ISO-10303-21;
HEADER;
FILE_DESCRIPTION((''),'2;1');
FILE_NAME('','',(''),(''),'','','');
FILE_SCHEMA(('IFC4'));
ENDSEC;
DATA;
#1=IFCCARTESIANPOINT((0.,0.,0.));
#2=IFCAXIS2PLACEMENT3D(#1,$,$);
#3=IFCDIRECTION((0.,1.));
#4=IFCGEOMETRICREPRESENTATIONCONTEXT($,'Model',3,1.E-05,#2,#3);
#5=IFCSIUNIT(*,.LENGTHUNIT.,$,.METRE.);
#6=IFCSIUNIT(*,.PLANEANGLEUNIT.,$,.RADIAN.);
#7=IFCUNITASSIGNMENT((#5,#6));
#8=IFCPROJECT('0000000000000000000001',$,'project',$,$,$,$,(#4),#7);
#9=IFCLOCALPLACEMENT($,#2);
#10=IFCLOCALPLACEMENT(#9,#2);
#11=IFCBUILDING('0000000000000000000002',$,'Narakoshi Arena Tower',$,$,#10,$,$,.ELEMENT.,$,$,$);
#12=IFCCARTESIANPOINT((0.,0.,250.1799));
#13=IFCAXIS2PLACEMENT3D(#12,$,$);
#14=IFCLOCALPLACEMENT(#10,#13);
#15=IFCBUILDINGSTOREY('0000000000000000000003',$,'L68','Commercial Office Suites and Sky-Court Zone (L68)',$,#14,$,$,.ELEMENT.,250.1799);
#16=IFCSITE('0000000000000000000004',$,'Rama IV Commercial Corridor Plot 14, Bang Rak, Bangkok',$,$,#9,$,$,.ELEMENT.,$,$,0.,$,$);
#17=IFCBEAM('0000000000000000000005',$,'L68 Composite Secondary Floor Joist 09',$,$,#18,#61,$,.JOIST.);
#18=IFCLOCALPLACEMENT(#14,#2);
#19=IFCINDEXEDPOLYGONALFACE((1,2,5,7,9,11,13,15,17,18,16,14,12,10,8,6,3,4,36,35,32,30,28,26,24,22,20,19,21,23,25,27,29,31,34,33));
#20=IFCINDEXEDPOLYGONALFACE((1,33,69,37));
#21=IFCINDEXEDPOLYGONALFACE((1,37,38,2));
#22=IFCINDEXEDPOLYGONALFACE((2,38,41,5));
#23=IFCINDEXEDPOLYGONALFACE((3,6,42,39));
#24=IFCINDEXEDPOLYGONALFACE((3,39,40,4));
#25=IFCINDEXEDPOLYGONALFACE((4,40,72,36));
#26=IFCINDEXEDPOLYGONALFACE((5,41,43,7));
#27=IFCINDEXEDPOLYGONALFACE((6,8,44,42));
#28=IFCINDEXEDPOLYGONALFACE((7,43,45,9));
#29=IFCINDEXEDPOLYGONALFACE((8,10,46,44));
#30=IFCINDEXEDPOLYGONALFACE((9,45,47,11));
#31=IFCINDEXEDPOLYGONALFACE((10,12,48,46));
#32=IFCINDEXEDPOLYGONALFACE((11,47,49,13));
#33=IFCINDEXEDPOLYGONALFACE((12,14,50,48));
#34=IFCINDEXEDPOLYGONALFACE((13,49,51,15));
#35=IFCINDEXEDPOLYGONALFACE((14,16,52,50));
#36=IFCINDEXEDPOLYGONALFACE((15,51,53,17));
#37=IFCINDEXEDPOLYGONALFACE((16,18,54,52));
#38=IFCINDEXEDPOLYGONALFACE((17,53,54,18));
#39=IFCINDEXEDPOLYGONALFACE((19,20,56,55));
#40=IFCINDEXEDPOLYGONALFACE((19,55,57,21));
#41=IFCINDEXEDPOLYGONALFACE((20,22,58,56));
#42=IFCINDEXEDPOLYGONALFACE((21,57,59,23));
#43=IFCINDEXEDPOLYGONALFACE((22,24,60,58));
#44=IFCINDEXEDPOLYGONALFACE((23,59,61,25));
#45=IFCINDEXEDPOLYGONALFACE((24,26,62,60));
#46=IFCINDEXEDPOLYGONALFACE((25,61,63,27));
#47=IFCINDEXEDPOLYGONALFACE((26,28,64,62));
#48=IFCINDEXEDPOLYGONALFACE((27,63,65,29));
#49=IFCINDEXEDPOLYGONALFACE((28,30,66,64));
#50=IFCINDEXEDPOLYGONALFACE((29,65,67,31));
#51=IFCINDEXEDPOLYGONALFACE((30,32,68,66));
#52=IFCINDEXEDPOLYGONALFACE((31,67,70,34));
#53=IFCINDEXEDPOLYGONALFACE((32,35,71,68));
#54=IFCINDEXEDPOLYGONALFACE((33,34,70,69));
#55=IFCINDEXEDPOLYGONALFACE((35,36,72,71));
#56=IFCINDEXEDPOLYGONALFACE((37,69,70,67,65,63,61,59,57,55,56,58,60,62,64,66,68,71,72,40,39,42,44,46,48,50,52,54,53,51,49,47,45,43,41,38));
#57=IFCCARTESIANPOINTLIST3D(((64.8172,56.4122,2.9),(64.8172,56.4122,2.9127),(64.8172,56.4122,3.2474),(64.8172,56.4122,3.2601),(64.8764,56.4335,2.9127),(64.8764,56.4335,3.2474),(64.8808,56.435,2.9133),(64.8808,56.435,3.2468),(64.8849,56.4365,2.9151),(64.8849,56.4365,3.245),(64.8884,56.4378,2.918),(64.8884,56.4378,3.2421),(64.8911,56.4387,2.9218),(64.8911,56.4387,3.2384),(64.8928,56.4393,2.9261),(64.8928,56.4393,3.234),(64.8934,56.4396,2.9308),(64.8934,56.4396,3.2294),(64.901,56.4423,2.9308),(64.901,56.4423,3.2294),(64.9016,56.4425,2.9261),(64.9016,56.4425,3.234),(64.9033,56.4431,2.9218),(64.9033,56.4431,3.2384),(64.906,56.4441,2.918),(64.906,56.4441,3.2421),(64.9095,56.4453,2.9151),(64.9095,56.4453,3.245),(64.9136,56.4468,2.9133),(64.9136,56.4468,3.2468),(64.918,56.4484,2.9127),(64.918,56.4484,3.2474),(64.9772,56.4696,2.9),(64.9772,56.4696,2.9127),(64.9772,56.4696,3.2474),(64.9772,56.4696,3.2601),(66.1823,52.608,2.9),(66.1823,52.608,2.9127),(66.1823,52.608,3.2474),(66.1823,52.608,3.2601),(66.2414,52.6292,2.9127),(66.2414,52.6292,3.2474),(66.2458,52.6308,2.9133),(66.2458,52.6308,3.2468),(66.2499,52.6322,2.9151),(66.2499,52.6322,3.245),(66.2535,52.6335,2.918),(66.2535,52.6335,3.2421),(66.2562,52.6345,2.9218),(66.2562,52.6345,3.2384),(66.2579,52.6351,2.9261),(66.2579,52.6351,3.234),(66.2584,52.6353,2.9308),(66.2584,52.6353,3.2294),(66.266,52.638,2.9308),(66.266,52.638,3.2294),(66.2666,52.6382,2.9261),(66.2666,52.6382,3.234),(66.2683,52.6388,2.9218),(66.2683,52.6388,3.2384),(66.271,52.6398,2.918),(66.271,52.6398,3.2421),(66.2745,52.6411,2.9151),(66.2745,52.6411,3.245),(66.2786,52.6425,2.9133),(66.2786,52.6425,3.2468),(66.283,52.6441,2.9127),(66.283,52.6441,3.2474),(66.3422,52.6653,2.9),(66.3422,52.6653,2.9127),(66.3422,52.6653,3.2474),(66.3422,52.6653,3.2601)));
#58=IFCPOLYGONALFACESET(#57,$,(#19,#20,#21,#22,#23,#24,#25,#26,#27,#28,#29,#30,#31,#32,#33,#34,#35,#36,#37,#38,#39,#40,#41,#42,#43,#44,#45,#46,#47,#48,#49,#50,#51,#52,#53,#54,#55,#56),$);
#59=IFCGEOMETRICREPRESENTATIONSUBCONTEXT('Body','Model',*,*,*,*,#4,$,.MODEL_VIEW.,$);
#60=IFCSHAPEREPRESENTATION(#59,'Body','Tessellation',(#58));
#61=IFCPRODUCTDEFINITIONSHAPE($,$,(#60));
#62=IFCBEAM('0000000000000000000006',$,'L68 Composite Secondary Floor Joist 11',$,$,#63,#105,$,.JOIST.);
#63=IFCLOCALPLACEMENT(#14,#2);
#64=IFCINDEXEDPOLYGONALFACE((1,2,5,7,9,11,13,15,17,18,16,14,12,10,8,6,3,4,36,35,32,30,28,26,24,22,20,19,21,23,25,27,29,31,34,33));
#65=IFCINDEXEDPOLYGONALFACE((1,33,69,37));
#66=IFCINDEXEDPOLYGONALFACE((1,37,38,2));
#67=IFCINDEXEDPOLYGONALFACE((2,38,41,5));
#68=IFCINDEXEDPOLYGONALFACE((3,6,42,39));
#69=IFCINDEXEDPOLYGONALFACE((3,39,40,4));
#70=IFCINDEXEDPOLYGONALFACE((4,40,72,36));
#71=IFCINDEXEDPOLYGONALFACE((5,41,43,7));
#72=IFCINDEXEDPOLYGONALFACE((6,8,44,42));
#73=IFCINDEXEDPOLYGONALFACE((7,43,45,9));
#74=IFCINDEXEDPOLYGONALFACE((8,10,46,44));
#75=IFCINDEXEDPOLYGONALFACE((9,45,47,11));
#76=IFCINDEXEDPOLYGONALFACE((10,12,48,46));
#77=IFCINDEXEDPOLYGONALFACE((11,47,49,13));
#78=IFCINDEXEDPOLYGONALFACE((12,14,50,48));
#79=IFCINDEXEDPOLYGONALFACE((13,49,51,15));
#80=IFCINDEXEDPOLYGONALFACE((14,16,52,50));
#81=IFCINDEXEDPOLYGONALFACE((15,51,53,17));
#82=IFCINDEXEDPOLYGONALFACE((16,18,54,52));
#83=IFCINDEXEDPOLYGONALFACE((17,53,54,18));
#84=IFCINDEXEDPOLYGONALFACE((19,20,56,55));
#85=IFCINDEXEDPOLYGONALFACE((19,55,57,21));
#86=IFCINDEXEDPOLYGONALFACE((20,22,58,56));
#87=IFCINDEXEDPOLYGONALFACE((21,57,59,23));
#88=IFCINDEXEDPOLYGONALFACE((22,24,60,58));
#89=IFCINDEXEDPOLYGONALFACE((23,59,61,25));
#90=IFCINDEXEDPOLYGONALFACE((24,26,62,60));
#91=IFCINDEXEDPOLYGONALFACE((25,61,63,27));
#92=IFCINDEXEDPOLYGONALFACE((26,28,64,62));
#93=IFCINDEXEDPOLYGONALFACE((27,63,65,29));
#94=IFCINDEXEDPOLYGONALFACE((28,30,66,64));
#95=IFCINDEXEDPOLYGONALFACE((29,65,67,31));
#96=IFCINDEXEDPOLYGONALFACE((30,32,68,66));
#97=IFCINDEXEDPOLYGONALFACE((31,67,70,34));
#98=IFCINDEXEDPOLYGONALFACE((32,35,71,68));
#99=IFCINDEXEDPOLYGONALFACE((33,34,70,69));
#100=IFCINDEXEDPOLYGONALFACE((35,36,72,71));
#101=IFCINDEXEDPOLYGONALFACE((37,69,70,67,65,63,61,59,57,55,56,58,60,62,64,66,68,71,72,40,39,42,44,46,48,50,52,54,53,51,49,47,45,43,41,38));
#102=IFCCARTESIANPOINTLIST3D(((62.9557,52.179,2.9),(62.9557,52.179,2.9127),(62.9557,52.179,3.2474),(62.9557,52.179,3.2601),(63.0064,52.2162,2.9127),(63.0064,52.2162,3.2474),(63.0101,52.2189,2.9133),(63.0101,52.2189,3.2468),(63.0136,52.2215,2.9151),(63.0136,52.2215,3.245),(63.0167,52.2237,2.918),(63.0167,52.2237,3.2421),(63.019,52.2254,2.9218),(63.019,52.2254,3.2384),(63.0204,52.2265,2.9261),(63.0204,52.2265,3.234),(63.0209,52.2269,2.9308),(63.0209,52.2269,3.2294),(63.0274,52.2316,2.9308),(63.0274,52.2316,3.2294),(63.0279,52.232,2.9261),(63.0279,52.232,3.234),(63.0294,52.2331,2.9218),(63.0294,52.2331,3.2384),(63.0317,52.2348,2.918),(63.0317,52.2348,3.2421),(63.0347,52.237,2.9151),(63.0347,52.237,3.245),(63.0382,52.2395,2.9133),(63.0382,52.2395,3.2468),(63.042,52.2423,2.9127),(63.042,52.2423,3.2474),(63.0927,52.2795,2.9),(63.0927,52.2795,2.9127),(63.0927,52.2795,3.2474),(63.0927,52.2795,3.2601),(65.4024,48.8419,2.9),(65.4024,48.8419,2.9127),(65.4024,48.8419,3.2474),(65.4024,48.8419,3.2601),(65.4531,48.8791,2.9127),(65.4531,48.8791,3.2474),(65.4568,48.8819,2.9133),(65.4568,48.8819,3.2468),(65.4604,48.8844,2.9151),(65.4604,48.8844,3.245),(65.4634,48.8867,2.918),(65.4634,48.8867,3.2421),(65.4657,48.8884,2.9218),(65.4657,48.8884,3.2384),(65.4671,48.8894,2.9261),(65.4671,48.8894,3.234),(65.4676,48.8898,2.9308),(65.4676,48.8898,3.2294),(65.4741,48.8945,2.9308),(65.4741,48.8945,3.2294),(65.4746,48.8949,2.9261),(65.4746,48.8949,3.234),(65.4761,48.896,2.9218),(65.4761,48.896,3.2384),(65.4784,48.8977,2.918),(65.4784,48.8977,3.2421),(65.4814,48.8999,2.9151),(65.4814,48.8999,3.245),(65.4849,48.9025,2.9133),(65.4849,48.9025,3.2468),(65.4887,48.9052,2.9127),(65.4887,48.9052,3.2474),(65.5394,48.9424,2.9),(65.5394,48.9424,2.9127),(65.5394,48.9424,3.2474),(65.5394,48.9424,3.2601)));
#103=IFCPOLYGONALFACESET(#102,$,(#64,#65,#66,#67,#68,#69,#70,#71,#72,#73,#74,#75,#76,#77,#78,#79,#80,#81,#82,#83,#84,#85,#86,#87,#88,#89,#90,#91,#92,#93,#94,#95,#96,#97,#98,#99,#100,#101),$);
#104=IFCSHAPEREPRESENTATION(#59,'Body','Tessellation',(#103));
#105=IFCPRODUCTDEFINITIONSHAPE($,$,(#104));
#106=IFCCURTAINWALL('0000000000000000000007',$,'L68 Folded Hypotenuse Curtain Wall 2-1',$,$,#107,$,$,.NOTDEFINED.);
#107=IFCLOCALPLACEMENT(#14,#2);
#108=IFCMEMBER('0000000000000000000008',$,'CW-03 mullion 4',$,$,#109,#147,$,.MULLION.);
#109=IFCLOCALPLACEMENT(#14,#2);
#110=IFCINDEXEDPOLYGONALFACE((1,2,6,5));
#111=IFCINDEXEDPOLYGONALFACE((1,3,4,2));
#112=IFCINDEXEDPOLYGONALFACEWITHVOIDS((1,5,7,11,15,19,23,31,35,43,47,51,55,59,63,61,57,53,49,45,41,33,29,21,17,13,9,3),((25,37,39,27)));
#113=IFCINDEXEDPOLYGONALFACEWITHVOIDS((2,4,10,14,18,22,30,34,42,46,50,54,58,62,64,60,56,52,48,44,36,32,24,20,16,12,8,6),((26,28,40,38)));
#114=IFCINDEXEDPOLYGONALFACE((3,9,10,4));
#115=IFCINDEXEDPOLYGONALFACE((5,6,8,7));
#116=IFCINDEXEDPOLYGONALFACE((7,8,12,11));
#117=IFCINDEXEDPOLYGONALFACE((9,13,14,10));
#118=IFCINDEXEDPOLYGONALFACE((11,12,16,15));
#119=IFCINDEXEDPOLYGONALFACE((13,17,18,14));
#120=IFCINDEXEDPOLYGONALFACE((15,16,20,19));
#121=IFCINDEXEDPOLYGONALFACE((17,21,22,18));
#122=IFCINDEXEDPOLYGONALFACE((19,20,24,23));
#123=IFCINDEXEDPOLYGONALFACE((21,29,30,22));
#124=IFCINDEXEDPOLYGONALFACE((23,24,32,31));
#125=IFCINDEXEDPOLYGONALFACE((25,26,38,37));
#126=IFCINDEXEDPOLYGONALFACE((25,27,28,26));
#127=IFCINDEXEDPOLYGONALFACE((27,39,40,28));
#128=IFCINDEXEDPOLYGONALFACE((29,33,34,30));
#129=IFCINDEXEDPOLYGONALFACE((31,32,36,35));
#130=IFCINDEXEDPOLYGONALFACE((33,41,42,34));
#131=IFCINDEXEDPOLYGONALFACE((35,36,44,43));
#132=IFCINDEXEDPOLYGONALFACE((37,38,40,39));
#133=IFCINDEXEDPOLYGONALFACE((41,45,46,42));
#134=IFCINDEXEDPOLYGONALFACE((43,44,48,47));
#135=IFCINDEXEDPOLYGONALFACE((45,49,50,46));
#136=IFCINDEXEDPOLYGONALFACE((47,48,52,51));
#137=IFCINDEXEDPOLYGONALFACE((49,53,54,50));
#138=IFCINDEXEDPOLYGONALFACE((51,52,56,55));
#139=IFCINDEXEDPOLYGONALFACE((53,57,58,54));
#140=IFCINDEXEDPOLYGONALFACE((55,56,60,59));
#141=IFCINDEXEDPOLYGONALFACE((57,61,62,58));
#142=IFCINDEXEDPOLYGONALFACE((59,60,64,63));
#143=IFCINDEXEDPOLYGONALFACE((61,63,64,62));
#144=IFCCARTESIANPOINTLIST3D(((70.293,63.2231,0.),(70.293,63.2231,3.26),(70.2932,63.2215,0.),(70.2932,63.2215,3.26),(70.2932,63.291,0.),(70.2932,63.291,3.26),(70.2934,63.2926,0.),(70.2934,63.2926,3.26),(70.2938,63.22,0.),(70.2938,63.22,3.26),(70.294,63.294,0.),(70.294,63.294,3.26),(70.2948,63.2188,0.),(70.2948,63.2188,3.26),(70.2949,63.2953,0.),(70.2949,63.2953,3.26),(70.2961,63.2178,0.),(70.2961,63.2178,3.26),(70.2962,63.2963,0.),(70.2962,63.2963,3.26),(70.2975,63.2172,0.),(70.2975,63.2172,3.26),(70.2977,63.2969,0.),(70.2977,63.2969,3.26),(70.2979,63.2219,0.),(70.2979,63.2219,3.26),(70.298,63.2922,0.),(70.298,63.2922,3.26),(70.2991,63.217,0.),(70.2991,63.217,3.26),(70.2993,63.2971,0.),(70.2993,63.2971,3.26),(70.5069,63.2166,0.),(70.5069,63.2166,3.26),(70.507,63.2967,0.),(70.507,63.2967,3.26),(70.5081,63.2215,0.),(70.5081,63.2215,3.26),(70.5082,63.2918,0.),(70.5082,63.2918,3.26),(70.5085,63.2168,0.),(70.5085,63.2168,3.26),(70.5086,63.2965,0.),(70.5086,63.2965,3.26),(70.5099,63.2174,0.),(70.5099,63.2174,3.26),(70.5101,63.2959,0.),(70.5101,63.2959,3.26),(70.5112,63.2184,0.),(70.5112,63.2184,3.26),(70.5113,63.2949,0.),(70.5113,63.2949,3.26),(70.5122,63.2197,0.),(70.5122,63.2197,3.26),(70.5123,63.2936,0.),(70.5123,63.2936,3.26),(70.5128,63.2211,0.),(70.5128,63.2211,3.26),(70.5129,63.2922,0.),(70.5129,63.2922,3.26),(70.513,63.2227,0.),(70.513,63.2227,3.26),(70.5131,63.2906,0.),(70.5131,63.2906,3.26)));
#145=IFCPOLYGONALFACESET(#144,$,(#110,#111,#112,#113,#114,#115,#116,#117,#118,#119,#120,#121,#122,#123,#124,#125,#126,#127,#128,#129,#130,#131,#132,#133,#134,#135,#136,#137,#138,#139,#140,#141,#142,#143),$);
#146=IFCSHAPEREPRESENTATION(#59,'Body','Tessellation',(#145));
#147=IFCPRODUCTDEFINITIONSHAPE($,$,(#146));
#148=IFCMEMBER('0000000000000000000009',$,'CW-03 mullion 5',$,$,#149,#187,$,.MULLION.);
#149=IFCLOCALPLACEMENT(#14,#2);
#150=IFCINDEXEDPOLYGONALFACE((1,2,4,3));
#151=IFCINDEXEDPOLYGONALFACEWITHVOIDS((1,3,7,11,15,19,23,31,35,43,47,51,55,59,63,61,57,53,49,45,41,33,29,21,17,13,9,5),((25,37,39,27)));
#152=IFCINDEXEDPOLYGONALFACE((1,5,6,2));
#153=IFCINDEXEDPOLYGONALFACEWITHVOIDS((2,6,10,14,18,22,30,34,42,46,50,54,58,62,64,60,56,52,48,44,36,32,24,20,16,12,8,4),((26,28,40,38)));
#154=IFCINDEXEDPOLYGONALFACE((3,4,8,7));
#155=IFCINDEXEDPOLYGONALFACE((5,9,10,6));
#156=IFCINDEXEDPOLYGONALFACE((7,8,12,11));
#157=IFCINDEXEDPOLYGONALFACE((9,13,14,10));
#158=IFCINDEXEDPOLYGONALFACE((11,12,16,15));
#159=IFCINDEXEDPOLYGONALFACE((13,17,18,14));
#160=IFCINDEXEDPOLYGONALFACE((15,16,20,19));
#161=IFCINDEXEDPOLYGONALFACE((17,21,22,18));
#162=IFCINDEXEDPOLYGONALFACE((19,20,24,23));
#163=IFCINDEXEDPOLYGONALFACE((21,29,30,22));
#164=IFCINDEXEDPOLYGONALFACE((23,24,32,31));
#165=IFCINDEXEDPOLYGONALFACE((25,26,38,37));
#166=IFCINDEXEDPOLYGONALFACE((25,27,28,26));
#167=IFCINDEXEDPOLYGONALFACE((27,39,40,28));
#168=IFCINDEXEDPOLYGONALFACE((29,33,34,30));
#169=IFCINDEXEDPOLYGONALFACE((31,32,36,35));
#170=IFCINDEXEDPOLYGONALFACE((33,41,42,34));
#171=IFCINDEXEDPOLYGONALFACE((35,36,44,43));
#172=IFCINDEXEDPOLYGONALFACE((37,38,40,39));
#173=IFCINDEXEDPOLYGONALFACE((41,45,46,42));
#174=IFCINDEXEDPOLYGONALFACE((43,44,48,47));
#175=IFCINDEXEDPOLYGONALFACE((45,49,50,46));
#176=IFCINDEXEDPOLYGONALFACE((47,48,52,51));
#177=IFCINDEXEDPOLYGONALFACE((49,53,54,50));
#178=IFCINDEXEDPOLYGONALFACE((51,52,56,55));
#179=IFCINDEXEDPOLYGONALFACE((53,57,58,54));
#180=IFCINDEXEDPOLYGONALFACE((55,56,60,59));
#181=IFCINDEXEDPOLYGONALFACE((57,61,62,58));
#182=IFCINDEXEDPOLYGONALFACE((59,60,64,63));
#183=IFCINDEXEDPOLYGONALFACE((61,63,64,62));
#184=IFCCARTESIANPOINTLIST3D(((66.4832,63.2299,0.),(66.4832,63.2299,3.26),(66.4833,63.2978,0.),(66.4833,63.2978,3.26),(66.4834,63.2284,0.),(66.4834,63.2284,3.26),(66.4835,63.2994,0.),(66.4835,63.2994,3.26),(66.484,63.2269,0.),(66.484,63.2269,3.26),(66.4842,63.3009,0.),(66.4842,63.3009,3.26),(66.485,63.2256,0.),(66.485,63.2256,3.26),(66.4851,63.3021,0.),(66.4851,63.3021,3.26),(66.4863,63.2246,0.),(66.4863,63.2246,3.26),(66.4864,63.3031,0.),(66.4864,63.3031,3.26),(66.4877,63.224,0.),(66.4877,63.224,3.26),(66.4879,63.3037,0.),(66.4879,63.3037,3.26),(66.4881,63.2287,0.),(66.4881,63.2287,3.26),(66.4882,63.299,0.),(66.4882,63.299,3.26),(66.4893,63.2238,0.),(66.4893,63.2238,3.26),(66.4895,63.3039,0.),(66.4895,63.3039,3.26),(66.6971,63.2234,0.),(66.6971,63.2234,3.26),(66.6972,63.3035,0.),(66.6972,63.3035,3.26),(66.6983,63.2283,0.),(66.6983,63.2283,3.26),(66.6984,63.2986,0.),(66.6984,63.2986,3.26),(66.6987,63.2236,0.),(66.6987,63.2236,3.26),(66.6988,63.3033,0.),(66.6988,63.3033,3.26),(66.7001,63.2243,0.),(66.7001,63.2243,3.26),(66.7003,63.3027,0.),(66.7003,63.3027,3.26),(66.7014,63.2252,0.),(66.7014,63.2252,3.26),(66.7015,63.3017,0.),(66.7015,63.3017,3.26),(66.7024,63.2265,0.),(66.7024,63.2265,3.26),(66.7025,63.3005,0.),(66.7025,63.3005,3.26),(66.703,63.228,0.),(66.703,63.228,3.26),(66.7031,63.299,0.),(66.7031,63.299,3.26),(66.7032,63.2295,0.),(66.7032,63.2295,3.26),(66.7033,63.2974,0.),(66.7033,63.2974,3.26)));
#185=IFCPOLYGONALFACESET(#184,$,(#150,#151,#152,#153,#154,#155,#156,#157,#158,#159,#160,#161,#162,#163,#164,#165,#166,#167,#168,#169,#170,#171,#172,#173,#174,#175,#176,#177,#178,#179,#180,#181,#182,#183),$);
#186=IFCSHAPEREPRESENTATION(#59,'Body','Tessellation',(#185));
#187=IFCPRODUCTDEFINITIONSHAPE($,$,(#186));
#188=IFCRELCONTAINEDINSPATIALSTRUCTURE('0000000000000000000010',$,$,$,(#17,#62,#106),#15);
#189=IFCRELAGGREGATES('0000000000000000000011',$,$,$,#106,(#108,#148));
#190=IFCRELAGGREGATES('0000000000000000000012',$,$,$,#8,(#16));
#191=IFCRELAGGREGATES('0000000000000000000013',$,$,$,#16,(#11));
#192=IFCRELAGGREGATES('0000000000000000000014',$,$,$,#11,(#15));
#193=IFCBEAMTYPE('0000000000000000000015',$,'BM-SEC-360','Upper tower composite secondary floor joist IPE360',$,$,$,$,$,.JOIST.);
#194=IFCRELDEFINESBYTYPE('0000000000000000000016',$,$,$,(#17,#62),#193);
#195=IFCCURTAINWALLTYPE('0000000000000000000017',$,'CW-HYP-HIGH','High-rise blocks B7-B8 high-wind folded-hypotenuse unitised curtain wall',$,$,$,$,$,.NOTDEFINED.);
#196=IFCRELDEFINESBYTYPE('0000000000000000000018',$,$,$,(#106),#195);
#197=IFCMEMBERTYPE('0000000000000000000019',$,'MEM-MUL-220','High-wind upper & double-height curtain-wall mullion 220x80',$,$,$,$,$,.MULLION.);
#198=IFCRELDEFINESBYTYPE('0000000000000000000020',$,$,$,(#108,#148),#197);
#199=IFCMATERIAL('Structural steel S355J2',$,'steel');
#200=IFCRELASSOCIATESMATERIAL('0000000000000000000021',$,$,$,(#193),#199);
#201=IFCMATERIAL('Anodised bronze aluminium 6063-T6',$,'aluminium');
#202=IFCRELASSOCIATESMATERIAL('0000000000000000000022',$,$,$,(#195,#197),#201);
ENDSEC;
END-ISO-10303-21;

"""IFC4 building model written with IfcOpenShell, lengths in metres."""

from ifc_helpers import new_model, si_unit, direction, frame, origin, origin_2d, place, context, subcontext, project, spatial, hollow_rectangle, i_section, extrude, material, material_profile, profile_set, type_object, element, aggregate, save


model = new_model("IFC4")

# Units and contexts
model_context = context("Model", 3, precision=1e-05, world=origin(), true_north=direction((0.0, 1.0)))
body_context = subcontext(model_context, "Body", "Model", "MODEL_VIEW")
ifc_project = project(units=[si_unit("LENGTHUNIT", "METRE"), si_unit("PLANEANGLEUNIT", "RADIAN")], contexts=[model_context])

# Site, building, storey
site_placement = place(None, origin())
site = spatial("IfcSite", under=ifc_project, at=site_placement, Name="Rama IV Commercial Corridor Plot 14, Bang Rak, Bangkok", CompositionType="ELEMENT", RefElevation=0.0)
building_placement = place(site_placement, origin())
building = spatial("IfcBuilding", under=site, at=building_placement, Name="Narakoshi Arena Tower", CompositionType="ELEMENT")
storey_placement = place(building_placement, frame((0.0, 0.0, 250.1799)))
storey = spatial("IfcBuildingStorey", under=building, at=storey_placement, Name="L68", Description="Commercial Office Suites and Sky-Court Zone (L68)", CompositionType="ELEMENT", Elevation=250.1799)

# Beams
ifc_material_1 = material(Name="Structural steel S355J2", Category="steel")
ifc_material_profile_1 = material_profile(ifc_material_1, i_section(OverallWidth=0.1699, OverallDepth=0.3601, WebThickness=0.0081, FlangeThickness=0.0127, FilletRadius=0.0181, at=origin_2d()), Name="IPE360")
ifc_profile_set_1 = profile_set([ifc_material_profile_1], Name="Structural steel S355J2")
beam_type_1 = type_object("IfcBeamType", Name="BM-SEC-360", Description="Upper tower composite secondary floor joist IPE360", PredefinedType="JOIST", material=ifc_profile_set_1)
beam_1_placement = place(storey_placement, frame((64.8972, 56.4409, 3.0801), z_axis=(0.337729, -0.941243, 0.0), x_axis=(0.941243, 0.337729, 0.0)))
element("IfcBeam", 1, at=beam_1_placement, inside=storey, type_object=beam_type_1, Name="L68 Composite Secondary Floor Joist 09", PredefinedType="JOIST", context=body_context, shape_type="SweptSolid", body=[
    extrude(i_section(OverallWidth=0.1699, OverallDepth=0.3601, WebThickness=0.0081, FlangeThickness=0.0127, FilletRadius=0.0181, at=origin_2d()), origin(), (0.0, 0.0, 1.0), 4.0417),
])
beam_2_placement = place(storey_placement, frame((63.0242, 52.2292, 3.0801), z_axis=(0.591289, -0.806459, 0.0), x_axis=(0.806459, 0.591289, 0.0)))
element("IfcBeam", 2, at=beam_2_placement, inside=storey, type_object=beam_type_1, Name="L68 Composite Secondary Floor Joist 11", PredefinedType="JOIST", context=body_context, shape_type="SweptSolid", body=[
    extrude(i_section(OverallWidth=0.1699, OverallDepth=0.3601, WebThickness=0.0081, FlangeThickness=0.0127, FilletRadius=0.0181, at=origin_2d()), origin(), (0.0, 0.0, 1.0), 4.1379),
])

# Curtain wall, members
ifc_material_2 = material(Name="Anodised bronze aluminium 6063-T6", Category="aluminium")
curtain_wall_type = type_object("IfcCurtainWallType", Name="CW-HYP-HIGH", Description="High-rise blocks B7-B8 high-wind folded-hypotenuse unitised curtain wall", PredefinedType="NOTDEFINED", material=ifc_material_2)
curtain_wall_placement = place(storey_placement, origin())
curtain_wall = element("IfcCurtainWall", 3, at=curtain_wall_placement, inside=storey, type_object=curtain_wall_type, Name="L68 Folded Hypotenuse Curtain Wall 2-1", PredefinedType="NOTDEFINED")
ifc_material_profile_2 = material_profile(ifc_material_2, hollow_rectangle(XDim=0.0801, YDim=0.22, WallThickness=0.0049, OuterFilletRadius=0.0061, at=origin_2d()), Name="MUL220x80x5")
ifc_profile_set_2 = profile_set([ifc_material_profile_2], Name="Anodised bronze aluminium 6063-T6")
member_type_1 = type_object("IfcMemberType", Name="MEM-MUL-220", Description="High-wind upper & double-height curtain-wall mullion 220x80", PredefinedType="MULLION", material=ifc_profile_set_2)
member_1_placement = place(storey_placement, frame((70.4031, 63.2568, 0.0), z_axis=(0.0, 0.0, 1.0), x_axis=(-0.00182, -0.999998, 0.0)))
member_1 = element("IfcMember", 4, at=member_1_placement, type_object=member_type_1, Name="CW-03 mullion 4", PredefinedType="MULLION", context=body_context, shape_type="SweptSolid", body=[
    extrude(hollow_rectangle(XDim=0.0801, YDim=0.22, WallThickness=0.0049, OuterFilletRadius=0.0061, at=origin_2d()), origin(), (0.0, 0.0, 1.0), 3.26),
])
member_2_placement = place(storey_placement, frame((66.5933, 63.2637, 0.0), z_axis=(0.0, 0.0, 1.0), x_axis=(-0.00182, -0.999998, 0.0)))
member_2 = element("IfcMember", 5, at=member_2_placement, type_object=member_type_1, Name="CW-03 mullion 5", PredefinedType="MULLION", context=body_context, shape_type="SweptSolid", body=[
    extrude(hollow_rectangle(XDim=0.0801, YDim=0.22, WallThickness=0.0049, OuterFilletRadius=0.0061, at=origin_2d()), origin(), (0.0, 0.0, 1.0), 3.26),
])
aggregate(curtain_wall, [member_1, member_2])

save(model, "model.ifc")
